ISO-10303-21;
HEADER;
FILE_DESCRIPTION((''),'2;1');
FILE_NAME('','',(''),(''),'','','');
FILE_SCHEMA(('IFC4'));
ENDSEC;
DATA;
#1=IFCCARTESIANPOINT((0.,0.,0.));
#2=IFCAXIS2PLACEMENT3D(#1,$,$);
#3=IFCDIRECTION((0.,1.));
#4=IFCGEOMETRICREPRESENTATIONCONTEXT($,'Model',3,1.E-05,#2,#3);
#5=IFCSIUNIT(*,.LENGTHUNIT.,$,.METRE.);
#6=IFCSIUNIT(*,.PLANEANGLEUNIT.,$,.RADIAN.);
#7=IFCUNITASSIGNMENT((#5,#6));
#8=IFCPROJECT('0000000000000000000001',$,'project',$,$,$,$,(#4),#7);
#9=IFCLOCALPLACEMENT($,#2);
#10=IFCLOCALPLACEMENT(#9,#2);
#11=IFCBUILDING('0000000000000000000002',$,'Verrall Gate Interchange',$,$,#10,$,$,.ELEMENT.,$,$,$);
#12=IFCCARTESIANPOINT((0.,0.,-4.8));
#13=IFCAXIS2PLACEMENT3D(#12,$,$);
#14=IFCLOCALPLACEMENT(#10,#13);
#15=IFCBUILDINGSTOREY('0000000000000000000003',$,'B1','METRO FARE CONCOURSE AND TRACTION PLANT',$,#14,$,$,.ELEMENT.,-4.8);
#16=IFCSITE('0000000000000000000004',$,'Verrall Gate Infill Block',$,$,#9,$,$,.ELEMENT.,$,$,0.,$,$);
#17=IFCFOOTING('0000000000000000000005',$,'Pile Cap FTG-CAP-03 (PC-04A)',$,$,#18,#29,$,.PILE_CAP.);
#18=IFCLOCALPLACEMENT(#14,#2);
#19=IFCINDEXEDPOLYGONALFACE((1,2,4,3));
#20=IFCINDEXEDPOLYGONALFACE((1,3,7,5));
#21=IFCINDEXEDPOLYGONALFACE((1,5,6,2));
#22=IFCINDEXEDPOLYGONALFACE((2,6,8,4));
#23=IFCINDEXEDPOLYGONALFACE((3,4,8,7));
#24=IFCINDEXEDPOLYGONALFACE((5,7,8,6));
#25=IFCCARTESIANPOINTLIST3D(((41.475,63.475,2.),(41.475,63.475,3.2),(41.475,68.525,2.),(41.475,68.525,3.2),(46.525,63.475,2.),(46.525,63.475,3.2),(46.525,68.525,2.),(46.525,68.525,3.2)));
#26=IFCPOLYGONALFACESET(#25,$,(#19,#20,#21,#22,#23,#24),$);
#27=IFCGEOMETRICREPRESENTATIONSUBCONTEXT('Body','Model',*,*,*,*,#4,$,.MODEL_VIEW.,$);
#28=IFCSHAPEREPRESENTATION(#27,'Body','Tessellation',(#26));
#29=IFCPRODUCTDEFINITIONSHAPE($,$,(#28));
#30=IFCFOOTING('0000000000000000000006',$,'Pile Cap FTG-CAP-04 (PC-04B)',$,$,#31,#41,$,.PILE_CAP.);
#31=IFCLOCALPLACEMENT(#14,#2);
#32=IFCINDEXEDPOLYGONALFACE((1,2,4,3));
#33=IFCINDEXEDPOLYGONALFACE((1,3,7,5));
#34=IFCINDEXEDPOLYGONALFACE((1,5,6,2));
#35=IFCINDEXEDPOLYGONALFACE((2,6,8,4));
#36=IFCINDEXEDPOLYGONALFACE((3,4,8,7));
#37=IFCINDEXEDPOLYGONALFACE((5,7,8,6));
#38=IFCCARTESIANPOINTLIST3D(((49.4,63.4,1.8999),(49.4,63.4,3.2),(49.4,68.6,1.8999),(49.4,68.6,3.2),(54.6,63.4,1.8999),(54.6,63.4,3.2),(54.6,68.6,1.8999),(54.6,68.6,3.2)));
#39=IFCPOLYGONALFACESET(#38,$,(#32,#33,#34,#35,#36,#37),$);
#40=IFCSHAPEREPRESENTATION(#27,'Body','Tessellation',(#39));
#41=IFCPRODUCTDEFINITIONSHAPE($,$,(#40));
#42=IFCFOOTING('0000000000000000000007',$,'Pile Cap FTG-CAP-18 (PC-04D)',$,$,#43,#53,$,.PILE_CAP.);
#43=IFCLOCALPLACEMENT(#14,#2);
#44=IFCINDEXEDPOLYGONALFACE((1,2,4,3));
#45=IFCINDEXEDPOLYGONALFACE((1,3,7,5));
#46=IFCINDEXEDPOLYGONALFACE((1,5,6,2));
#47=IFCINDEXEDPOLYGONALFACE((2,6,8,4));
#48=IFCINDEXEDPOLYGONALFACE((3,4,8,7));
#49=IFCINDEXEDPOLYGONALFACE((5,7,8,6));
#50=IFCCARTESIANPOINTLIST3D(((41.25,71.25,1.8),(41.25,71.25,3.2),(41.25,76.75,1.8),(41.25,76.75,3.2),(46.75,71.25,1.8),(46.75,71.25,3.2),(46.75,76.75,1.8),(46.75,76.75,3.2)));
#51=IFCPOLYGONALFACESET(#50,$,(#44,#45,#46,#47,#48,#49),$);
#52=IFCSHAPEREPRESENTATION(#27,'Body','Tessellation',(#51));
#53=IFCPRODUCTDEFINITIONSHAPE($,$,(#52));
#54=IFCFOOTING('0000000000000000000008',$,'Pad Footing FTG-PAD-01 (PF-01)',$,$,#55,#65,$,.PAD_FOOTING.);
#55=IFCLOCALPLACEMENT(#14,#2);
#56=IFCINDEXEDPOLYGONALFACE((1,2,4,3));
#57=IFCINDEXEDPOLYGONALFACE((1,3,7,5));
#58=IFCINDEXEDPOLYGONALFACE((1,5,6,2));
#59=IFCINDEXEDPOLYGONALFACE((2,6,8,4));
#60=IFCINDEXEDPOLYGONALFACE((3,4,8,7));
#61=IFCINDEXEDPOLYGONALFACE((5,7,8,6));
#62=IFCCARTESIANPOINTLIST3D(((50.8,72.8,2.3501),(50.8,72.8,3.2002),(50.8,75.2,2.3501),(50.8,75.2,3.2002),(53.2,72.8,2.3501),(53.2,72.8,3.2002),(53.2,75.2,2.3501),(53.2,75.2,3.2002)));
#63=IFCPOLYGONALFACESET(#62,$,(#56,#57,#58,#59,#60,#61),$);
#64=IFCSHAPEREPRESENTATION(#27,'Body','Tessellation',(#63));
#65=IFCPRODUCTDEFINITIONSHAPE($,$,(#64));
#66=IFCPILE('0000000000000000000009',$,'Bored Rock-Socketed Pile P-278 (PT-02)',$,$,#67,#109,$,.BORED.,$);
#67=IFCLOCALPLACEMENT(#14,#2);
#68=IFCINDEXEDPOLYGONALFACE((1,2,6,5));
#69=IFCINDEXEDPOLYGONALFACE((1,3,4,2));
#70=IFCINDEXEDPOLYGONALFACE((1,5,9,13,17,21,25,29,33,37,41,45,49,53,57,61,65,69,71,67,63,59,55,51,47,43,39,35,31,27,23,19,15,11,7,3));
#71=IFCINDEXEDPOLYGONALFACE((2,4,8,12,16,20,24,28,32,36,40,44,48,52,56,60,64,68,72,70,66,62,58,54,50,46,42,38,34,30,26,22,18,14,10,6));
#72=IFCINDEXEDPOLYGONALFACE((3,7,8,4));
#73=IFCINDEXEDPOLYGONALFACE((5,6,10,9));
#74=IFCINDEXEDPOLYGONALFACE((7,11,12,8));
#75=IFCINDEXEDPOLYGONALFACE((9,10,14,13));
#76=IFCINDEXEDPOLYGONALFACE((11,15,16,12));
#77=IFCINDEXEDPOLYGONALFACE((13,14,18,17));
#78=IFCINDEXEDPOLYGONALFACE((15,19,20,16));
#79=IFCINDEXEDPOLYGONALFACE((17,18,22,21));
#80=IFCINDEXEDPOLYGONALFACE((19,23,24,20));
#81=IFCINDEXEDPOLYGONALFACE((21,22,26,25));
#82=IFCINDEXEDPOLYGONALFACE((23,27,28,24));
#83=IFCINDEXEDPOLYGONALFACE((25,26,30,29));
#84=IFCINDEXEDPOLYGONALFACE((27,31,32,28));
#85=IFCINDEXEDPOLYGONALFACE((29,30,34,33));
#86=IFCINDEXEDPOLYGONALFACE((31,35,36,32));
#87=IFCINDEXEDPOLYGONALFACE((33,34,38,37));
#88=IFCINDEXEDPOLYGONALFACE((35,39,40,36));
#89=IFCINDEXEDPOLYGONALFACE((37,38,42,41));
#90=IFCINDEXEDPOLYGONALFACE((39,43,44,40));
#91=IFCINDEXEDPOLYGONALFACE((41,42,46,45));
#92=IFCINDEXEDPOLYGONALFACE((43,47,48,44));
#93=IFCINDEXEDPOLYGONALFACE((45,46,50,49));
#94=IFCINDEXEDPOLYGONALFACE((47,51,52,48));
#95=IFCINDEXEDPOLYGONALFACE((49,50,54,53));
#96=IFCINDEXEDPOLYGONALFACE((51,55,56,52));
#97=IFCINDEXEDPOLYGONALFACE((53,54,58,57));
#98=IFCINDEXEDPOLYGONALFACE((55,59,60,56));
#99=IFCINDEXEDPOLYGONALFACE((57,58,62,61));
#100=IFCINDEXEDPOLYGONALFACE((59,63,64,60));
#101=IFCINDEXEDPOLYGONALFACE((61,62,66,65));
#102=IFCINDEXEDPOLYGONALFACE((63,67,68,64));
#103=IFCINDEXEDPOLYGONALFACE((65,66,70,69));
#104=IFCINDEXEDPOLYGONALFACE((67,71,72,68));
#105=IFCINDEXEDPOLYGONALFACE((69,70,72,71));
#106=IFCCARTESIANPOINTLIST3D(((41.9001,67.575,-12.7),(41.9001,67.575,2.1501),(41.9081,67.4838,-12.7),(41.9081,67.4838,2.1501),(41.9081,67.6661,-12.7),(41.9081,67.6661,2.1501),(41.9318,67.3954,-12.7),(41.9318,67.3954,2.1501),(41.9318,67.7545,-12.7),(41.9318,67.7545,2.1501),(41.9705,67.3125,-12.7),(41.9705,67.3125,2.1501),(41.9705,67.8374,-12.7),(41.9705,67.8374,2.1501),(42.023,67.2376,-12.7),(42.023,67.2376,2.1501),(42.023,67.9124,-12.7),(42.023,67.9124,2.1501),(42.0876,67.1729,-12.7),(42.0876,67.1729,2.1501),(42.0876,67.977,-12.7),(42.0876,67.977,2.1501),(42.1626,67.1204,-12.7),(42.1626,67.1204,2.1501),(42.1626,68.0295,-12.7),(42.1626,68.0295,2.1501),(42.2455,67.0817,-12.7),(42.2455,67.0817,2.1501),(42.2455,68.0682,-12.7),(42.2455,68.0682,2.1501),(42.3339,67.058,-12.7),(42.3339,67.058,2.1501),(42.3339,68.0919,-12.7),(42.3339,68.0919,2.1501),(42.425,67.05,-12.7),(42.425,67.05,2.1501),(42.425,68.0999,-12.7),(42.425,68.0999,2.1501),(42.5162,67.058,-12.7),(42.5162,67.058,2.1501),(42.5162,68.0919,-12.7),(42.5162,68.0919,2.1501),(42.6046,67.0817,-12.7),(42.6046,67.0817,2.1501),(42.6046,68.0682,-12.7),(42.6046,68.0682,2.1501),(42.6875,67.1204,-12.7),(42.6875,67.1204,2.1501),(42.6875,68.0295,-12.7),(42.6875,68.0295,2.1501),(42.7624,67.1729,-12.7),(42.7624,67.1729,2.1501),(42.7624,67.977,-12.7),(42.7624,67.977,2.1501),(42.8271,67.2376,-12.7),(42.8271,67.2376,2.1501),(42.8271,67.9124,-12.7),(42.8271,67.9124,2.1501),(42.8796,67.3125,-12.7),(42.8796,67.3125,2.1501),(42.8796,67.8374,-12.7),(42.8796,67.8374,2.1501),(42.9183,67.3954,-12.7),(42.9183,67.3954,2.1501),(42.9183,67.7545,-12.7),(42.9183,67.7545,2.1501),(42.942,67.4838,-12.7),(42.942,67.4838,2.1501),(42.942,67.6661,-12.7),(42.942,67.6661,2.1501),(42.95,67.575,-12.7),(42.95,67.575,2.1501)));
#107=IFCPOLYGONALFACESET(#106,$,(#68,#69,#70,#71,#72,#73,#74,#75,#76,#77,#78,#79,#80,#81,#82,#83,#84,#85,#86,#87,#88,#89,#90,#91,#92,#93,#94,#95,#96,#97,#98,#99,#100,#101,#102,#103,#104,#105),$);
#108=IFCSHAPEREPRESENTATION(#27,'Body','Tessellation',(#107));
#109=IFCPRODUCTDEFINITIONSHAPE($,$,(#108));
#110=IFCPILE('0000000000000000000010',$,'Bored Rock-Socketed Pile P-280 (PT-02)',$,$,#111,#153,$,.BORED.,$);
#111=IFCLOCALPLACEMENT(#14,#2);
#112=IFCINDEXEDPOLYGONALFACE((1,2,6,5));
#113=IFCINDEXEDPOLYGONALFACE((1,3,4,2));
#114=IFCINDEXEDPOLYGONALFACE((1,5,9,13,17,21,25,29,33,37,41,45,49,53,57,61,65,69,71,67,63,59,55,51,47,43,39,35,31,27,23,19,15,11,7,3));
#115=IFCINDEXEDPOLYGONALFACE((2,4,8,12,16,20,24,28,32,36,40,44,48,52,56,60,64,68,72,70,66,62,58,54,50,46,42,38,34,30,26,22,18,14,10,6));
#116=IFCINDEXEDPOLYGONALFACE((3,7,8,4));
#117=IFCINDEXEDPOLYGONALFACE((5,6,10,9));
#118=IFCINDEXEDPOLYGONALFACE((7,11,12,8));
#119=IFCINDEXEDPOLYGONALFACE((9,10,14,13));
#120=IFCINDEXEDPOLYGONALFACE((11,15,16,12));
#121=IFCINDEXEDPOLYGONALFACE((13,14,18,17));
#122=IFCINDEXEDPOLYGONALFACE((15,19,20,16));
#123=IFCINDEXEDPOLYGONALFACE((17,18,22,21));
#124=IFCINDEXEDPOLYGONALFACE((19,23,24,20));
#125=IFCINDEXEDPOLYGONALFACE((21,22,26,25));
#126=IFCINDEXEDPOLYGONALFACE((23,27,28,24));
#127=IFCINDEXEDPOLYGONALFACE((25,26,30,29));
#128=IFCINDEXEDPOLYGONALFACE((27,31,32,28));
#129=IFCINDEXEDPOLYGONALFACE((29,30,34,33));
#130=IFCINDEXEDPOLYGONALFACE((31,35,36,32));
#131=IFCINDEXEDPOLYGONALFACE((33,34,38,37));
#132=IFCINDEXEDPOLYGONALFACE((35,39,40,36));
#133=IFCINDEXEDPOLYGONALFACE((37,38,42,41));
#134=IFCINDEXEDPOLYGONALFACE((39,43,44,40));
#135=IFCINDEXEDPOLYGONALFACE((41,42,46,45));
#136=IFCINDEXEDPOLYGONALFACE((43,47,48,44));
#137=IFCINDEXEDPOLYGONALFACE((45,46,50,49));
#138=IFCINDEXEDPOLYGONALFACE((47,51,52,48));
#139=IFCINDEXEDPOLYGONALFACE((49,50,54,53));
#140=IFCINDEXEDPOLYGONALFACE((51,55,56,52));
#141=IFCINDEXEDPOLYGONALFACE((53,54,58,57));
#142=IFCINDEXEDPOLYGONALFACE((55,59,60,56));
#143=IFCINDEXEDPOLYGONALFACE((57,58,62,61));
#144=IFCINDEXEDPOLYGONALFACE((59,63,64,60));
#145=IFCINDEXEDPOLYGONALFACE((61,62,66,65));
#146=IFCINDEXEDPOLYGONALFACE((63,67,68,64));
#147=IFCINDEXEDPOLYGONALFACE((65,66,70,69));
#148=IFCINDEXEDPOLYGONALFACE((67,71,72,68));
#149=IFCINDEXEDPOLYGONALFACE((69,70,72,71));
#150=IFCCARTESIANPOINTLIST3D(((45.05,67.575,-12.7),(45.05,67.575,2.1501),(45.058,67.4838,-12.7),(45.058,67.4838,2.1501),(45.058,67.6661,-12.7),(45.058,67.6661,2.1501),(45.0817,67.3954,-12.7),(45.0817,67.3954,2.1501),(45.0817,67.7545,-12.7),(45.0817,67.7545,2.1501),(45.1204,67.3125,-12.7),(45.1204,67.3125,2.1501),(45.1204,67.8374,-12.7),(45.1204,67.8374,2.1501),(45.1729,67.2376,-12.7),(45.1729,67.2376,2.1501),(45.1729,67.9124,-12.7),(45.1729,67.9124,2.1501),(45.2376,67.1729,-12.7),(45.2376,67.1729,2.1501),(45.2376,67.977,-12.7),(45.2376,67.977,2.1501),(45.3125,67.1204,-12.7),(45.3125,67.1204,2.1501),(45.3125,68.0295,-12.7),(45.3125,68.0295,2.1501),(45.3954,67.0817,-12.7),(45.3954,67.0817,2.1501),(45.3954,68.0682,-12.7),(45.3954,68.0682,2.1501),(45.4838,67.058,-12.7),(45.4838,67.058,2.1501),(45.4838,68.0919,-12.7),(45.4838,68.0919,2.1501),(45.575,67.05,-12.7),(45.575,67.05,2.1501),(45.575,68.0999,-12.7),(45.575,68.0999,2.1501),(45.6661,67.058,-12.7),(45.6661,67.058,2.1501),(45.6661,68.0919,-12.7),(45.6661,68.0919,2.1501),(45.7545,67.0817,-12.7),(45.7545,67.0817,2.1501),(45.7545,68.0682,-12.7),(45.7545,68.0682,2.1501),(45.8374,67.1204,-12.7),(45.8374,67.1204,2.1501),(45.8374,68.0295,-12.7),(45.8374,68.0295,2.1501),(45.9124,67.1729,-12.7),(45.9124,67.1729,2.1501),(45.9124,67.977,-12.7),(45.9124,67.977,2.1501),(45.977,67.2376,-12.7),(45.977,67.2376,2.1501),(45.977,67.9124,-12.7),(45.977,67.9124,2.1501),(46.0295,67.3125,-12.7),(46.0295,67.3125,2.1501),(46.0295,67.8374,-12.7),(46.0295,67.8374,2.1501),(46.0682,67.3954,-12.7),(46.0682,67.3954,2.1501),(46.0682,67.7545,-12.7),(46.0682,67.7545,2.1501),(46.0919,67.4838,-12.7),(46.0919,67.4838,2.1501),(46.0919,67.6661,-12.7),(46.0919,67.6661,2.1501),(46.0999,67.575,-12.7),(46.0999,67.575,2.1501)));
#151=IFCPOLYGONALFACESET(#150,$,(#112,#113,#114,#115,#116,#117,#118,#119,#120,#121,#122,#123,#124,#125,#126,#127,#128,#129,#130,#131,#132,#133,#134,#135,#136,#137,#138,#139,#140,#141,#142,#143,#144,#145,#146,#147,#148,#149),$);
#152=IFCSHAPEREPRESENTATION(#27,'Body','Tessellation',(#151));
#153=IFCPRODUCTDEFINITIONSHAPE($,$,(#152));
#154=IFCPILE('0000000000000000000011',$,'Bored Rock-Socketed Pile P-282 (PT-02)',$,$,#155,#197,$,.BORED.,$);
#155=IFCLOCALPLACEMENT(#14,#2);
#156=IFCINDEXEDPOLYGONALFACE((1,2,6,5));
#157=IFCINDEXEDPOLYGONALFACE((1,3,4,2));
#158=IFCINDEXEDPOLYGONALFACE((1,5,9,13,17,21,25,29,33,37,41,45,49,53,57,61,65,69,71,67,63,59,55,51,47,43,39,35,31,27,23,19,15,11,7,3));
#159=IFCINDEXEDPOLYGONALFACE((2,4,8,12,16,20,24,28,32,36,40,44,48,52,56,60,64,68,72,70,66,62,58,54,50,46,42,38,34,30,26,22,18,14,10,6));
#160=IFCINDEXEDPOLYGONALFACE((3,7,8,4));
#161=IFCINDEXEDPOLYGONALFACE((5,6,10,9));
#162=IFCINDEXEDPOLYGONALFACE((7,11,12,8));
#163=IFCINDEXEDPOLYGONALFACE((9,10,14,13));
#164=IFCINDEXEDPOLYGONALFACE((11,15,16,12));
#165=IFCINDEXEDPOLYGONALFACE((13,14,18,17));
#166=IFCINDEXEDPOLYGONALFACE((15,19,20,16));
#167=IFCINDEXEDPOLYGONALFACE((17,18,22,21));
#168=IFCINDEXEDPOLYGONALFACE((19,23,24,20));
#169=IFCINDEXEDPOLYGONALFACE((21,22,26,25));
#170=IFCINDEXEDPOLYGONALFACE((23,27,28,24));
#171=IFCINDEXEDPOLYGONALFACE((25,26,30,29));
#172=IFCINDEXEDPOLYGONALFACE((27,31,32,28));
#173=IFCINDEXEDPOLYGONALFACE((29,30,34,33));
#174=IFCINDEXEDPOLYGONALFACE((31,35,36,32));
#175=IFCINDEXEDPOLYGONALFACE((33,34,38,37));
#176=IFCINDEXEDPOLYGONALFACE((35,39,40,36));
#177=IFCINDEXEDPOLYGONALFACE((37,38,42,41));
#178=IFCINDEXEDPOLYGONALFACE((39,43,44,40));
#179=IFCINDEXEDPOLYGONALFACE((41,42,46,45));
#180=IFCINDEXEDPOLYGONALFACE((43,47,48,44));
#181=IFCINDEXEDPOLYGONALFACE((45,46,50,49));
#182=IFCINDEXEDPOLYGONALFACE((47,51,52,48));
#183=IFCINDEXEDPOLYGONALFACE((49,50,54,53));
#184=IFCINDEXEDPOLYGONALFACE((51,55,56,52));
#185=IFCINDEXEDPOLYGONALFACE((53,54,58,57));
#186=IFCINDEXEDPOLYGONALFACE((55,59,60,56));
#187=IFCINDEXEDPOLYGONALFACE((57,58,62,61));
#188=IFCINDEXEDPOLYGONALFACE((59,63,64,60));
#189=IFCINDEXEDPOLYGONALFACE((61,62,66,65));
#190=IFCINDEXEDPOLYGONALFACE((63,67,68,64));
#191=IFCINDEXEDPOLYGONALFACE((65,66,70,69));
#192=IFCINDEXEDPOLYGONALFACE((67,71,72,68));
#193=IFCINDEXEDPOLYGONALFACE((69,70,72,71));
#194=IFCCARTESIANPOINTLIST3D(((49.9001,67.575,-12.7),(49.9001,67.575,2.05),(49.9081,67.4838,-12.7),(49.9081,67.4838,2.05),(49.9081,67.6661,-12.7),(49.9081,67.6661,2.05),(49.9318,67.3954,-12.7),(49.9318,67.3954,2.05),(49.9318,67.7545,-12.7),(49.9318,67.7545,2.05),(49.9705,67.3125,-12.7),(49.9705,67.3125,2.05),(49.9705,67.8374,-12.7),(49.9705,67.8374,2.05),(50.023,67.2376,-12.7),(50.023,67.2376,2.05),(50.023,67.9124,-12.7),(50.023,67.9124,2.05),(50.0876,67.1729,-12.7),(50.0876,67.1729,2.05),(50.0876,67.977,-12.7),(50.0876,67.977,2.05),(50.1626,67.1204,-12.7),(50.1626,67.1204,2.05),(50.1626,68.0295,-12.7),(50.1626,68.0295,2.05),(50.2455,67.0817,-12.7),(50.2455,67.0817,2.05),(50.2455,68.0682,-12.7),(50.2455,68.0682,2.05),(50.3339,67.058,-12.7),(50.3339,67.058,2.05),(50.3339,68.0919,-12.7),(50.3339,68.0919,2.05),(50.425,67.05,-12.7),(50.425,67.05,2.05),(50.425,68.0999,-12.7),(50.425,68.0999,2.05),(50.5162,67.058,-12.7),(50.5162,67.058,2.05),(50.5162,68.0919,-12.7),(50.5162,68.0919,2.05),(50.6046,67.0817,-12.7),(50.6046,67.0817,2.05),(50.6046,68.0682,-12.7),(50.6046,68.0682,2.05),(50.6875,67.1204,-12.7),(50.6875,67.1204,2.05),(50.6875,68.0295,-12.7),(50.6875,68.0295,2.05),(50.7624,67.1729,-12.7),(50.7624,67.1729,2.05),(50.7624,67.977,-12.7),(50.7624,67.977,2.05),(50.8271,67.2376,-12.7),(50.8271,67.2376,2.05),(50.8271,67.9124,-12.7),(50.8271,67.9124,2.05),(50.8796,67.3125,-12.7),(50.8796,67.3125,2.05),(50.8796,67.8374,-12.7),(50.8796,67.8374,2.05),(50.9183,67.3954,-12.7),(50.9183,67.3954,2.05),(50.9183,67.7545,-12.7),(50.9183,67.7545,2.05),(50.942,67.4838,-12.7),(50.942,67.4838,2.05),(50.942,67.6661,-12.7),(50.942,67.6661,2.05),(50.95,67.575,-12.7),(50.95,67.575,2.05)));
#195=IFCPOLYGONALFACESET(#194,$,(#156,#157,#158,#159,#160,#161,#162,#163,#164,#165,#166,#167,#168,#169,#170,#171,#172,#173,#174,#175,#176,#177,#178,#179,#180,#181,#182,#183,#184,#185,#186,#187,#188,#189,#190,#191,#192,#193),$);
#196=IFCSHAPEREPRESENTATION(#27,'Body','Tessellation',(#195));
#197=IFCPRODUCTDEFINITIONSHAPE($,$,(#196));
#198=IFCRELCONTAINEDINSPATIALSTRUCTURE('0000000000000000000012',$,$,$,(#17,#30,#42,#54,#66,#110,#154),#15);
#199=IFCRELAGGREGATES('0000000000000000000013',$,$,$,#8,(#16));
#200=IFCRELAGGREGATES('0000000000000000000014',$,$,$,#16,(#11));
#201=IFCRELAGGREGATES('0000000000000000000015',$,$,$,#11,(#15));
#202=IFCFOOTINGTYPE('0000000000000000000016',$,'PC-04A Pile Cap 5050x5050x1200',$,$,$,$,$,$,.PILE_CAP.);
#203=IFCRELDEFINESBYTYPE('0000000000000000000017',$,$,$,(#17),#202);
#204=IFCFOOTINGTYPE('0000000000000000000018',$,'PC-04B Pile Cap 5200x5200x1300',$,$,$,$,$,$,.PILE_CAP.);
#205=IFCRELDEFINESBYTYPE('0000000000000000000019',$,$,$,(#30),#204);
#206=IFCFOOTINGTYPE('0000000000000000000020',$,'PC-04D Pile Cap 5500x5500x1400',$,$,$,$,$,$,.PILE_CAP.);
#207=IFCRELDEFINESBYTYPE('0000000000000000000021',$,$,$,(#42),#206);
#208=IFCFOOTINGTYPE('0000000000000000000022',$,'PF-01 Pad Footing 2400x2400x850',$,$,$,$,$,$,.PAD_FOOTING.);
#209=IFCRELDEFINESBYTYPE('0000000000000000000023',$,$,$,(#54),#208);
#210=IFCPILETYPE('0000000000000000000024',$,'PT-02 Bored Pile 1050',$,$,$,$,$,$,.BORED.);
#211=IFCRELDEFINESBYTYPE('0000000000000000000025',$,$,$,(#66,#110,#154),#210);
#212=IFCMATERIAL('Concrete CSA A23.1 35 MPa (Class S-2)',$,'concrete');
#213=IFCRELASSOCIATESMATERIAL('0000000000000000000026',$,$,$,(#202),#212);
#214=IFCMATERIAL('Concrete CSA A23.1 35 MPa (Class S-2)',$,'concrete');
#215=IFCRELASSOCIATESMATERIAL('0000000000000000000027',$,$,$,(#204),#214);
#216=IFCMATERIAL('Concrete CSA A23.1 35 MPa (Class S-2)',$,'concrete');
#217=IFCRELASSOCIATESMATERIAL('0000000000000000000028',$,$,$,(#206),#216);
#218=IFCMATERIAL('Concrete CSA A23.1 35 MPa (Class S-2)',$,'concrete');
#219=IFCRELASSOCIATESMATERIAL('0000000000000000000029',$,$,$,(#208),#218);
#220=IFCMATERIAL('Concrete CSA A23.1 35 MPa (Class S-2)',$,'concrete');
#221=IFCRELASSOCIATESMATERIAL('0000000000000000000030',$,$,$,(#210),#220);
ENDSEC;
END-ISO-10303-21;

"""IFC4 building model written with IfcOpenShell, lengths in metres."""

from ifc_helpers import new_model, si_unit, direction, frame, origin, origin_2d, place, context, subcontext, project, spatial, rectangle, circle, extrude, material, material_profile, profile_set, type_object, element, save


model = new_model("IFC4")

# Units and contexts
model_context = context("Model", 3, precision=1e-05, world=origin(), true_north=direction((0.0, 1.0)))
body_context = subcontext(model_context, "Body", "Model", "MODEL_VIEW")
ifc_project = project(units=[si_unit("LENGTHUNIT", "METRE"), si_unit("PLANEANGLEUNIT", "RADIAN")], contexts=[model_context])

# Site, building, storey
site_placement = place(None, origin())
site = spatial("IfcSite", under=ifc_project, at=site_placement, Name="Verrall Gate Infill Block", CompositionType="ELEMENT", RefElevation=0.0)
building_placement = place(site_placement, origin())
building = spatial("IfcBuilding", under=site, at=building_placement, Name="Verrall Gate Interchange", CompositionType="ELEMENT")
storey_placement = place(building_placement, frame((0.0, 0.0, -4.8)))
storey = spatial("IfcBuildingStorey", under=building, at=storey_placement, Name="B1", Description="METRO FARE CONCOURSE AND TRACTION PLANT", CompositionType="ELEMENT", Elevation=-4.8)

# Footings
ifc_material_1 = material(Name="Concrete CSA A23.1 35 MPa (Class S-2)", Category="concrete")
footing_type_1 = type_object("IfcFootingType", Name="PC-04A Pile Cap 5050x5050x1200", PredefinedType="PILE_CAP", material=ifc_material_1)
footing_1_placement = place(storey_placement, frame((44.0, 66.0, 2.0), z_axis=(0.0, 0.0, 1.0), x_axis=(1.0, 0.0, 0.0)))
element("IfcFooting", 1, at=footing_1_placement, inside=storey, type_object=footing_type_1, Name="Pile Cap FTG-CAP-03 (PC-04A)", PredefinedType="PILE_CAP", context=body_context, shape_type="SweptSolid", body=[
    extrude(rectangle(XDim=5.05, YDim=5.05, at=origin_2d()), origin(), (0.0, 0.0, 1.0), 1.2),
])
ifc_material_2 = material(Name="Concrete CSA A23.1 35 MPa (Class S-2)", Category="concrete")
footing_type_2 = type_object("IfcFootingType", Name="PC-04B Pile Cap 5200x5200x1300", PredefinedType="PILE_CAP", material=ifc_material_2)
footing_2_placement = place(storey_placement, frame((52.0, 66.0, 1.8999), z_axis=(0.0, 0.0, 1.0), x_axis=(1.0, 0.0, 0.0)))
element("IfcFooting", 2, at=footing_2_placement, inside=storey, type_object=footing_type_2, Name="Pile Cap FTG-CAP-04 (PC-04B)", PredefinedType="PILE_CAP", context=body_context, shape_type="SweptSolid", body=[
    extrude(rectangle(XDim=5.2, YDim=5.2, at=origin_2d()), origin(), (0.0, 0.0, 1.0), 1.3),
])
ifc_material_3 = material(Name="Concrete CSA A23.1 35 MPa (Class S-2)", Category="concrete")
footing_type_3 = type_object("IfcFootingType", Name="PC-04D Pile Cap 5500x5500x1400", PredefinedType="PILE_CAP", material=ifc_material_3)
footing_3_placement = place(storey_placement, frame((44.0, 74.0, 1.8), z_axis=(0.0, 0.0, 1.0), x_axis=(1.0, 0.0, 0.0)))
element("IfcFooting", 3, at=footing_3_placement, inside=storey, type_object=footing_type_3, Name="Pile Cap FTG-CAP-18 (PC-04D)", PredefinedType="PILE_CAP", context=body_context, shape_type="SweptSolid", body=[
    extrude(rectangle(XDim=5.5, YDim=5.5, at=origin_2d()), origin(), (0.0, 0.0, 1.0), 1.3999),
])
ifc_material_4 = material(Name="Concrete CSA A23.1 35 MPa (Class S-2)", Category="concrete")
footing_type_4 = type_object("IfcFootingType", Name="PF-01 Pad Footing 2400x2400x850", PredefinedType="PAD_FOOTING", material=ifc_material_4)
footing_4_placement = place(storey_placement, frame((52.0, 74.0, 2.3501), z_axis=(0.0, 0.0, 1.0), x_axis=(1.0, 0.0, 0.0)))
element("IfcFooting", 4, at=footing_4_placement, inside=storey, type_object=footing_type_4, Name="Pad Footing FTG-PAD-01 (PF-01)", PredefinedType="PAD_FOOTING", context=body_context, shape_type="SweptSolid", body=[
    extrude(rectangle(XDim=2.3999, YDim=2.3999, at=origin_2d()), origin(), (0.0, 0.0, 1.0), 0.8501),
])

# Piles
ifc_material_5 = material(Name="Concrete CSA A23.1 35 MPa (Class S-2)", Category="concrete")
ifc_material_profile_1 = material_profile(ifc_material_5, circle(Radius=0.5249, at=origin_2d()), Name="PILE1050D")
ifc_profile_set_1 = profile_set([ifc_material_profile_1], Name="Concrete CSA A23.1 35 MPa (Class S-2)")
pile_type_1 = type_object("IfcPileType", Name="PT-02 Bored Pile 1050", PredefinedType="BORED", material=ifc_profile_set_1)
for number, where, z_axis, x_axis, name in (
    (5, (42.425, 67.575, 2.1501), (0.0, 0.0, -1.0), (1.0, 0.0, 0.0), "Bored Rock-Socketed Pile P-278 (PT-02)"),
    (6, (45.575, 67.575, 2.1501), (0.0, 0.0, -1.0), (1.0, 0.0, 0.0), "Bored Rock-Socketed Pile P-280 (PT-02)"),
):
    element("IfcPile", number, at=place(storey_placement, frame(where, z_axis=z_axis, x_axis=x_axis)), inside=storey, type_object=pile_type_1, Name=name, PredefinedType="BORED", context=body_context, shape_type="SweptSolid", body=[
        extrude(circle(Radius=0.5249, at=origin_2d()), origin(), (0.0, 0.0, 1.0), 14.8501),
    ])
for number, where, z_axis, x_axis, name in (
    (7, (50.425, 67.575, 2.05), (0.0, 0.0, -1.0), (1.0, 0.0, 0.0), "Bored Rock-Socketed Pile P-282 (PT-02)"),
):
    element("IfcPile", number, at=place(storey_placement, frame(where, z_axis=z_axis, x_axis=x_axis)), inside=storey, type_object=pile_type_1, Name=name, PredefinedType="BORED", context=body_context, shape_type="SweptSolid", body=[
        extrude(circle(Radius=0.5249, at=origin_2d()), origin(), (0.0, 0.0, 1.0), 14.75),
    ])

save(model, "model.ifc")
